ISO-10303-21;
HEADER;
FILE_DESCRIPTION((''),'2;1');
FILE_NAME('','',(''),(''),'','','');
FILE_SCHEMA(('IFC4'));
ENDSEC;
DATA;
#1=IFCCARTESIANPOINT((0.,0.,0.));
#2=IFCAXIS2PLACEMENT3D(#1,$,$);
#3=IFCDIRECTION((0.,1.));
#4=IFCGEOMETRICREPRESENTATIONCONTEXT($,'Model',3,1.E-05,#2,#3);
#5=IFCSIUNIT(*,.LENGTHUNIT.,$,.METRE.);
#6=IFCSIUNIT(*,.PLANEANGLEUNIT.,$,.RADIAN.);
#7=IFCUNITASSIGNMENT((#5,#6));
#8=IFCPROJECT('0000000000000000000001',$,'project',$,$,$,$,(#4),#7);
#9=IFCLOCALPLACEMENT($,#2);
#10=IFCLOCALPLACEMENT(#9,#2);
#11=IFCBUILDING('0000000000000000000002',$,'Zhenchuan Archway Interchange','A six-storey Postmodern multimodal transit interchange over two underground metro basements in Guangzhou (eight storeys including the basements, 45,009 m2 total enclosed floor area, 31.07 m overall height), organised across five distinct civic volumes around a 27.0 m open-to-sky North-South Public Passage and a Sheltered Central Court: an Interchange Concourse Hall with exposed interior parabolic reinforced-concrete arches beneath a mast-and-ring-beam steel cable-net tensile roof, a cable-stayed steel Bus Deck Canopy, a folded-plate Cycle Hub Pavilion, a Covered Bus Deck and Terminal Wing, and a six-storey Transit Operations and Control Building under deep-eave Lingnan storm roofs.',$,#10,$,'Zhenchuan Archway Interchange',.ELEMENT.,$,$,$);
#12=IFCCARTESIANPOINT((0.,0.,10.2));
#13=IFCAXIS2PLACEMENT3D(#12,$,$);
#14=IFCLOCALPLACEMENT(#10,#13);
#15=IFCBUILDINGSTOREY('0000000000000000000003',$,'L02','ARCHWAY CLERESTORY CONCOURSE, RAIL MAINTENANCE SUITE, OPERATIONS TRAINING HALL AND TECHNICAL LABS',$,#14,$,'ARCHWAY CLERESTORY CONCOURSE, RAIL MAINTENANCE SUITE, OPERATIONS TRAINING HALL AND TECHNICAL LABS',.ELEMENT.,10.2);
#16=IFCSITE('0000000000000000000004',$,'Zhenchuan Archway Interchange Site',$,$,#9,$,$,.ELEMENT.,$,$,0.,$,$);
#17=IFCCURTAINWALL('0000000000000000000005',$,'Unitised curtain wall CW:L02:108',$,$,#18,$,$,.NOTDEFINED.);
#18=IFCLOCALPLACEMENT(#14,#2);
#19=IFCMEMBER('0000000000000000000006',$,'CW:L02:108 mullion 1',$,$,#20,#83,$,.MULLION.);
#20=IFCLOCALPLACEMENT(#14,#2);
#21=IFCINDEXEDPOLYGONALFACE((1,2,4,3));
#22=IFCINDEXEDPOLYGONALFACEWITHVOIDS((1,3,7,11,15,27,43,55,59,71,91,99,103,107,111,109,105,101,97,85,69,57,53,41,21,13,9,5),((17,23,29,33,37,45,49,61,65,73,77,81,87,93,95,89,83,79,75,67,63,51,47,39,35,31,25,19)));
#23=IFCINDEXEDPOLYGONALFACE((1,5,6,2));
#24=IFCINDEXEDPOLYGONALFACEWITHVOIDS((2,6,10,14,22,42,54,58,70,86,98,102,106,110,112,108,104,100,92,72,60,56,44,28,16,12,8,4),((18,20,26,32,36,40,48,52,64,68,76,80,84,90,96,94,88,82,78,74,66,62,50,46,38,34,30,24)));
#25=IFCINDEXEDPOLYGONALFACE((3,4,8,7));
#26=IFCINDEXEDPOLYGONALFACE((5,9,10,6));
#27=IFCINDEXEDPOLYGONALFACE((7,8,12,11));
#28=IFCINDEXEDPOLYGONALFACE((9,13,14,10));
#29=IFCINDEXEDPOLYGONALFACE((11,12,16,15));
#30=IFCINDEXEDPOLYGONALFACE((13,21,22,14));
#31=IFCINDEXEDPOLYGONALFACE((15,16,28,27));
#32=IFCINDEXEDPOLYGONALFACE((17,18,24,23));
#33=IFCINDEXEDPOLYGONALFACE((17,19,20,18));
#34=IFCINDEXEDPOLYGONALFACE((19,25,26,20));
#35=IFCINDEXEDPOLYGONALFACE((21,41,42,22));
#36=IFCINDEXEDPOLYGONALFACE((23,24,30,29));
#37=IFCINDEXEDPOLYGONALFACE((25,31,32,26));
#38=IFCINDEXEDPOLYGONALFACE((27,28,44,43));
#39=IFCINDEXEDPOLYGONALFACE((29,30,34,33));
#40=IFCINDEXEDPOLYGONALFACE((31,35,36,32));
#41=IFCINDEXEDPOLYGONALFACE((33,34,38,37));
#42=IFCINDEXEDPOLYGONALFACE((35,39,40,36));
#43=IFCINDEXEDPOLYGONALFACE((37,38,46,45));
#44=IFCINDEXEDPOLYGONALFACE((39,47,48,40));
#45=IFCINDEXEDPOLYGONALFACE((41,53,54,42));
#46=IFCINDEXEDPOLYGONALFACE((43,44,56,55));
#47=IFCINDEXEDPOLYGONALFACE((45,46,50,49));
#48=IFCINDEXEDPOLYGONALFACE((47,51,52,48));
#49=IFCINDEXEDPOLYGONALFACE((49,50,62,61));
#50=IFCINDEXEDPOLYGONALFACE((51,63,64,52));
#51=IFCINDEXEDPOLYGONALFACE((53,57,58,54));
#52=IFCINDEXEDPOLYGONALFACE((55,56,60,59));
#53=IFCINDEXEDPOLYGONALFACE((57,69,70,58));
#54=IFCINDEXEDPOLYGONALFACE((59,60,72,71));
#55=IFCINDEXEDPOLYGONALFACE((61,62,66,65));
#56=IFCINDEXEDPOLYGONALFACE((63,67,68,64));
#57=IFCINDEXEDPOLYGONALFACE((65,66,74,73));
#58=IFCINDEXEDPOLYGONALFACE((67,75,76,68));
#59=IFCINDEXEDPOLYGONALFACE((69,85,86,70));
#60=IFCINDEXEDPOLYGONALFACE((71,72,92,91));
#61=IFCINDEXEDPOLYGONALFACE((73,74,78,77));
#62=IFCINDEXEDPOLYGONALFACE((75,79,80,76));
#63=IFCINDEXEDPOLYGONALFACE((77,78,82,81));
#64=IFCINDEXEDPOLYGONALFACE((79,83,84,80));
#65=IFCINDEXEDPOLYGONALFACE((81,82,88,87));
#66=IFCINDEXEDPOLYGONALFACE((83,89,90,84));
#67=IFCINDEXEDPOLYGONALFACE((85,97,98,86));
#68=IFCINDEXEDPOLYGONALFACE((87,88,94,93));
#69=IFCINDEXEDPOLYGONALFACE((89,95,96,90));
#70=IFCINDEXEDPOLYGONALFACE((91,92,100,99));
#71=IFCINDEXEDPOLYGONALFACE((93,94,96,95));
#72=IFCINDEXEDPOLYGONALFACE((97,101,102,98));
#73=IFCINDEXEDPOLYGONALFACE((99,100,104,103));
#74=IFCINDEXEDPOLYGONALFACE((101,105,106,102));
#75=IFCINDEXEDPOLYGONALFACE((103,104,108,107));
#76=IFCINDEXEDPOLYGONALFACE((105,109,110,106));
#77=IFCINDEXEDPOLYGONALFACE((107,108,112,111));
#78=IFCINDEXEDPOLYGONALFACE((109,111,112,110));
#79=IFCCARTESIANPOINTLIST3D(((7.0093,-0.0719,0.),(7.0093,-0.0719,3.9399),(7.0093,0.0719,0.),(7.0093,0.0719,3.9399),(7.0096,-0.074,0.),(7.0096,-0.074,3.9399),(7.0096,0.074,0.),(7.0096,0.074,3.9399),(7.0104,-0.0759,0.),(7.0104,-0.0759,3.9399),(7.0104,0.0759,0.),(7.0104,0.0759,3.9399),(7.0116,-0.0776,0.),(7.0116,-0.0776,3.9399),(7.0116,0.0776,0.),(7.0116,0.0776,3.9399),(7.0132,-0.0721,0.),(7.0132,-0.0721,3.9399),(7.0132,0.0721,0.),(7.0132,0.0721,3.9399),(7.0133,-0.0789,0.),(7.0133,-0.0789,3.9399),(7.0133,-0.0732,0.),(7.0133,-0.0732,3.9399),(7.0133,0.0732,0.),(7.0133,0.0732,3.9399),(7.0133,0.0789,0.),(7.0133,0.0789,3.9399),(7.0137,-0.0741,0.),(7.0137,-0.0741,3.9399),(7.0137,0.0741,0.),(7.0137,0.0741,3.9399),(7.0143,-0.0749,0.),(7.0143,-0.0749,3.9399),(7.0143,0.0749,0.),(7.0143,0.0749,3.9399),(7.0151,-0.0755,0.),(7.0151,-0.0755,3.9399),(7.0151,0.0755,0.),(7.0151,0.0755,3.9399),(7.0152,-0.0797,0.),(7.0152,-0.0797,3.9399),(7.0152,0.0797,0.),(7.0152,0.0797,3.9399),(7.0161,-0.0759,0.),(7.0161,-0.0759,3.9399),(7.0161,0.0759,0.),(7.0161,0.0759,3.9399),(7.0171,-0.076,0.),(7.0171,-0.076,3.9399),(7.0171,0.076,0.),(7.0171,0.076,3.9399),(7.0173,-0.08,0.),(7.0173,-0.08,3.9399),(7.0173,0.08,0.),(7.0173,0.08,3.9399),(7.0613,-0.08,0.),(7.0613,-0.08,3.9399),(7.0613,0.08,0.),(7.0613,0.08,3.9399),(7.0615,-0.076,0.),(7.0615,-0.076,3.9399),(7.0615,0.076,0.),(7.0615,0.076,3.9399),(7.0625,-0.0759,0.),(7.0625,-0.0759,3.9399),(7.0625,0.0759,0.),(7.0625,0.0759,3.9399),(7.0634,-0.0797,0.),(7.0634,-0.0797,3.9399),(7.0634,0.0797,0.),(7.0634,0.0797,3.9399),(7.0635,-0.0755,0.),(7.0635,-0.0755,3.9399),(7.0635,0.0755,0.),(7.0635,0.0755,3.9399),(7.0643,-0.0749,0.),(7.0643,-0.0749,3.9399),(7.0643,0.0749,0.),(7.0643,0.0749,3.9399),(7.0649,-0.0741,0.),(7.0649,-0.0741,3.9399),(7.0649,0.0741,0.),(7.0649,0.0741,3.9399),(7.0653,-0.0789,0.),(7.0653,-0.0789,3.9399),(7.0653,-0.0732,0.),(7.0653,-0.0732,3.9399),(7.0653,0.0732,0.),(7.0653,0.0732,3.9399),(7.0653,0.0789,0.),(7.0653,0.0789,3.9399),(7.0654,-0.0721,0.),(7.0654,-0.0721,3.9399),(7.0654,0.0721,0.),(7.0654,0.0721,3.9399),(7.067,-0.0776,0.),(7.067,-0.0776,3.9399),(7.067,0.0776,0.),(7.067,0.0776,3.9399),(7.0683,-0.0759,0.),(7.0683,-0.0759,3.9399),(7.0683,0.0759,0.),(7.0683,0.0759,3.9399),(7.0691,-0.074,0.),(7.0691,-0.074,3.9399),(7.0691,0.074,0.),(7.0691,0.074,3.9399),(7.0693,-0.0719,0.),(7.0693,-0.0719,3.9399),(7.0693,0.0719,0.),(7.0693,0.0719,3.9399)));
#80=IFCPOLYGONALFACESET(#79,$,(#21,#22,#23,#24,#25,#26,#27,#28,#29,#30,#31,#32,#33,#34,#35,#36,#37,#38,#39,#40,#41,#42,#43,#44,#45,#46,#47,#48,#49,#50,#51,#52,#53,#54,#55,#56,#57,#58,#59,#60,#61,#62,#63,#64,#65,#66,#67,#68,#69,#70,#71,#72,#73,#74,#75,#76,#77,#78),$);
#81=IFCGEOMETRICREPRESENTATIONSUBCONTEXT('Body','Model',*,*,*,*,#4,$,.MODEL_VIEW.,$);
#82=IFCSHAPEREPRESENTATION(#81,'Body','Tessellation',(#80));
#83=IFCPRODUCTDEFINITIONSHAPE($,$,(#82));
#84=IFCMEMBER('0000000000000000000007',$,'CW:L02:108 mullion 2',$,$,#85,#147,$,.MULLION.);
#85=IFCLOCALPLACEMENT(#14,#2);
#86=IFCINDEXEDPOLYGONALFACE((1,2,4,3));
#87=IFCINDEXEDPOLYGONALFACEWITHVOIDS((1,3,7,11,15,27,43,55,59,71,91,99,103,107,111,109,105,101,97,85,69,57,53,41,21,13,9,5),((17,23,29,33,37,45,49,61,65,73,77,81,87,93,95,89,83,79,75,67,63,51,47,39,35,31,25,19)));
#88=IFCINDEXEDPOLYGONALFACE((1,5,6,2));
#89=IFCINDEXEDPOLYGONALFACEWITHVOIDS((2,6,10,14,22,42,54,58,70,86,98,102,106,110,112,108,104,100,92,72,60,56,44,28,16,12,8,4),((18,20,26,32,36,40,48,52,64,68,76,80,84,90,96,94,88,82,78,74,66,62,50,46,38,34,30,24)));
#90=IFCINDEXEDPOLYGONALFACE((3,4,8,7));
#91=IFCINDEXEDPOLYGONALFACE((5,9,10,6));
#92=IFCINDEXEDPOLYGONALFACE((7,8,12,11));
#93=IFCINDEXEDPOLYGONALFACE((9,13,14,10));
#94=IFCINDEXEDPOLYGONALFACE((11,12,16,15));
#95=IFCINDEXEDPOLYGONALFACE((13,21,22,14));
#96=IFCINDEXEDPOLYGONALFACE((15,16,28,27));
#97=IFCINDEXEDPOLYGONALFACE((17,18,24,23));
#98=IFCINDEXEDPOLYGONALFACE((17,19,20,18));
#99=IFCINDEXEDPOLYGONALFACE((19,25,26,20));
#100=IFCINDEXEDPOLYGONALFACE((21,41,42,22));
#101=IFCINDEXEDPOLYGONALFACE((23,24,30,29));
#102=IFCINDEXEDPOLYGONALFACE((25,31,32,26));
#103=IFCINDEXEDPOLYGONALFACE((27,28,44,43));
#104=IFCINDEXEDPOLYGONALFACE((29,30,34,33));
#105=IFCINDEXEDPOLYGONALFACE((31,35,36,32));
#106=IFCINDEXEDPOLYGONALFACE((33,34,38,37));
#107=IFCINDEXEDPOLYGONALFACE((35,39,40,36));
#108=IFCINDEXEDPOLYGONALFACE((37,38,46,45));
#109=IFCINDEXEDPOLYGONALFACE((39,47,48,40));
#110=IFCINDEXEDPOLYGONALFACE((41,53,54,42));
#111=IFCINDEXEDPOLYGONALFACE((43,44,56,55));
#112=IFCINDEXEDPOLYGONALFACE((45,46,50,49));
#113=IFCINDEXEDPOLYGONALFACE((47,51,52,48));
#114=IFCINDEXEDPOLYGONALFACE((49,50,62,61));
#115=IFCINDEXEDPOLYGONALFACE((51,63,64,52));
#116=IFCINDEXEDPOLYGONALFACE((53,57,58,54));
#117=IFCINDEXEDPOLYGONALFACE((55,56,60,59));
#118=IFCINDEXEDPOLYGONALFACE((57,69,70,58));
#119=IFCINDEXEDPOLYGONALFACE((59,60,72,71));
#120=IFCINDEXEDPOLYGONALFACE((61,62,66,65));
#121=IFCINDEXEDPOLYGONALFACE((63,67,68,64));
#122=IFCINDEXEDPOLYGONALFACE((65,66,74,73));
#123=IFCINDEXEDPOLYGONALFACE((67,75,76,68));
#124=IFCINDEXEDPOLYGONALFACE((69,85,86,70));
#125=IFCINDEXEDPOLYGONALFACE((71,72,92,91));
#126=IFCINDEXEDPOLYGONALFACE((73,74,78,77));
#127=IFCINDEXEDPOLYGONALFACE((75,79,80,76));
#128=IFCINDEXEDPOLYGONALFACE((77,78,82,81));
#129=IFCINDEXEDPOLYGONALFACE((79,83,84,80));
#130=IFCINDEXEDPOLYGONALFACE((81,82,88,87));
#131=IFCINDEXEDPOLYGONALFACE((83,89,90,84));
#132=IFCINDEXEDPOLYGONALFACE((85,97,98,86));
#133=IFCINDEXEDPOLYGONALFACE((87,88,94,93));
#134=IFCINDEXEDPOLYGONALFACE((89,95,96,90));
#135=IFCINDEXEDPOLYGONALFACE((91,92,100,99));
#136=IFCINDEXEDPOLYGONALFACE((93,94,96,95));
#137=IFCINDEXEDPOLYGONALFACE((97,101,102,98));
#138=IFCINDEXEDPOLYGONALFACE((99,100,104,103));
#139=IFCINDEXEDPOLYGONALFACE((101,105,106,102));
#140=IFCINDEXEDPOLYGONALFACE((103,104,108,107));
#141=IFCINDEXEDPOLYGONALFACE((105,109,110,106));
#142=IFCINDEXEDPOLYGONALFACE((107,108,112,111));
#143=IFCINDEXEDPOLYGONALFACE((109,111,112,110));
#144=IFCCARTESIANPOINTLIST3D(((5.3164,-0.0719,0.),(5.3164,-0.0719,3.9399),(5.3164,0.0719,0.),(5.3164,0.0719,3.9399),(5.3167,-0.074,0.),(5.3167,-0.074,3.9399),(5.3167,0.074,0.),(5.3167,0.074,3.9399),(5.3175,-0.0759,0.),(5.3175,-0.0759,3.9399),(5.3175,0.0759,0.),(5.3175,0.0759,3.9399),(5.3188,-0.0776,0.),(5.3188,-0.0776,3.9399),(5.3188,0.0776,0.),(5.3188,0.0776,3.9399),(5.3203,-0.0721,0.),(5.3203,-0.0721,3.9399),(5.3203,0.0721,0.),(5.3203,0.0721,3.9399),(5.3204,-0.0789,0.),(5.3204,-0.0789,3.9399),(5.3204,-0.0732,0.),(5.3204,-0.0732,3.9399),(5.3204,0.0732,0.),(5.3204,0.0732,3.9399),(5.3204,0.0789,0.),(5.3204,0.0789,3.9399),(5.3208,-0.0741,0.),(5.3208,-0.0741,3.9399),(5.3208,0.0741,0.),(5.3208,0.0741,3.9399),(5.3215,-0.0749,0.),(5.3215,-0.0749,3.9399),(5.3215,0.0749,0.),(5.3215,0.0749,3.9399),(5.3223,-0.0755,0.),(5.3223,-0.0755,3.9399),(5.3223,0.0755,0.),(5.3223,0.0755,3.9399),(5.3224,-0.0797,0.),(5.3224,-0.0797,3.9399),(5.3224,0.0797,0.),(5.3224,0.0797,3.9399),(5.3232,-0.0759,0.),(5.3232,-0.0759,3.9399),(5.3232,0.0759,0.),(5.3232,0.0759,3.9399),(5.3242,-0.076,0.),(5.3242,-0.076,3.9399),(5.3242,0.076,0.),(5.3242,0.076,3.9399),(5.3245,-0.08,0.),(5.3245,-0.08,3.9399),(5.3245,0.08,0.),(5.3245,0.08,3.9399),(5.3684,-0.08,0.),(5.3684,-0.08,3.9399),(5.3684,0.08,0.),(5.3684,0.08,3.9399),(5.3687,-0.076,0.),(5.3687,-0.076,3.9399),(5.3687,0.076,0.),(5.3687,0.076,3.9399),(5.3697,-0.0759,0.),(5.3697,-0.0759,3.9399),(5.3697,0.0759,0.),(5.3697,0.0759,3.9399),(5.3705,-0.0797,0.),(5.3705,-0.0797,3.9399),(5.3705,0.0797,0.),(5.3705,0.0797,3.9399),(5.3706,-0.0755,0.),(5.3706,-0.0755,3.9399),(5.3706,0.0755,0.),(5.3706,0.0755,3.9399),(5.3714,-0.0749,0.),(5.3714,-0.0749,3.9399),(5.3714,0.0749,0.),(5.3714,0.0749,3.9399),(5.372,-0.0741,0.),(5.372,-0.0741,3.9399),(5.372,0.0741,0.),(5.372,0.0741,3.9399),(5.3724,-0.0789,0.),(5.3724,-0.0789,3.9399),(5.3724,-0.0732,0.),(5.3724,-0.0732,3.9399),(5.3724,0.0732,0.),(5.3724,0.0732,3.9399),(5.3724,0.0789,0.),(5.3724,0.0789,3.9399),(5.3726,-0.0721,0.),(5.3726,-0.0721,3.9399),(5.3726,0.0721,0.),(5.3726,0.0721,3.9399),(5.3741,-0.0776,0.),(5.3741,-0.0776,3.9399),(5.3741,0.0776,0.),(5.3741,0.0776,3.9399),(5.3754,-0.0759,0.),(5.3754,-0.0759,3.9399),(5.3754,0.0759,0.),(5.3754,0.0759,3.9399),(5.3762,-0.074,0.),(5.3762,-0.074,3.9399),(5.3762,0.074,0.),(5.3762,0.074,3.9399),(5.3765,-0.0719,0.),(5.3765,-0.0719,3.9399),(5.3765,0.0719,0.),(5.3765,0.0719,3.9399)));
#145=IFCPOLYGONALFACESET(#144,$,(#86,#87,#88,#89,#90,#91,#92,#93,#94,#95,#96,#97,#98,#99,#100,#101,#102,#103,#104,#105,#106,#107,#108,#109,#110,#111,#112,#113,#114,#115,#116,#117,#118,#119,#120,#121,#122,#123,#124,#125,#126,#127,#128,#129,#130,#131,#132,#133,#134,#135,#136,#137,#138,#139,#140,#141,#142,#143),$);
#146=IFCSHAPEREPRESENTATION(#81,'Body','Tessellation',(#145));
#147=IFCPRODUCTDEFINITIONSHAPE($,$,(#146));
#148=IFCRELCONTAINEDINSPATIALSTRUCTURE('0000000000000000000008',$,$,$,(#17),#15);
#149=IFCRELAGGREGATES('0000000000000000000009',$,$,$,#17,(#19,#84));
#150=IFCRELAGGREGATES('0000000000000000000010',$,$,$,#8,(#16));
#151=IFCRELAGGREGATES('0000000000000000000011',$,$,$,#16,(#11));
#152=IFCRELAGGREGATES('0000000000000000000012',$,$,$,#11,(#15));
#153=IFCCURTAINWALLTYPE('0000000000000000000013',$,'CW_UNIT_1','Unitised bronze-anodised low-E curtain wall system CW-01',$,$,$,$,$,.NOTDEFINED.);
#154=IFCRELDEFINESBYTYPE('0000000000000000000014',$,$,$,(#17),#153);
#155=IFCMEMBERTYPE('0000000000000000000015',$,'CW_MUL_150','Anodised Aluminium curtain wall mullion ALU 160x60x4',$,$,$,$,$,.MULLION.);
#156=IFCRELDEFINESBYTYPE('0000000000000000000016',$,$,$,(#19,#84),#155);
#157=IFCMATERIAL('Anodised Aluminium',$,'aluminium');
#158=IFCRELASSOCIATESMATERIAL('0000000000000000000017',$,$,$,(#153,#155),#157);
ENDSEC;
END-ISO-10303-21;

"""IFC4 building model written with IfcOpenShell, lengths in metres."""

from ifc_helpers import new_model, si_unit, direction, frame, origin, origin_2d, place, context, subcontext, project, spatial, hollow_rectangle, extrude, material, material_profile, profile_set, type_object, element, aggregate, save


model = new_model("IFC4")

# Units and contexts
model_context = context("Model", 3, precision=1e-05, world=origin(), true_north=direction((0.0, 1.0)))
body_context = subcontext(model_context, "Body", "Model", "MODEL_VIEW")
ifc_project = project(units=[si_unit("LENGTHUNIT", "METRE"), si_unit("PLANEANGLEUNIT", "RADIAN")], contexts=[model_context])

# Site, building, storey
site_placement = place(None, origin())
site = spatial("IfcSite", under=ifc_project, at=site_placement, Name="Zhenchuan Archway Interchange Site", CompositionType="ELEMENT", RefElevation=0.0)
building_placement = place(site_placement, origin())
building = spatial("IfcBuilding", under=site, at=building_placement, Name="Zhenchuan Archway Interchange", Description="A six-storey Postmodern multimodal transit interchange over two underground metro basements in Guangzhou (eight storeys including the basements, 45,009 m2 total enclosed floor area, 31.07 m overall height), organised across five distinct civic volumes around a 27.0 m open-to-sky North-South Public Passage and a Sheltered Central Court: an Interchange Concourse Hall with exposed interior parabolic reinforced-concrete arches beneath a mast-and-ring-beam steel cable-net tensile roof, a cable-stayed steel Bus Deck Canopy, a folded-plate Cycle Hub Pavilion, a Covered Bus Deck and Terminal Wing, and a six-storey Transit Operations and Control Building under deep-eave Lingnan storm roofs.", LongName="Zhenchuan Archway Interchange", CompositionType="ELEMENT")
storey_placement = place(building_placement, frame((0.0, 0.0, 10.2)))
storey = spatial("IfcBuildingStorey", under=building, at=storey_placement, Name="L02", Description="ARCHWAY CLERESTORY CONCOURSE, RAIL MAINTENANCE SUITE, OPERATIONS TRAINING HALL AND TECHNICAL LABS", LongName="ARCHWAY CLERESTORY CONCOURSE, RAIL MAINTENANCE SUITE, OPERATIONS TRAINING HALL AND TECHNICAL LABS", CompositionType="ELEMENT", Elevation=10.2)

# Curtain wall, members
ifc_material_1 = material(Name="Anodised Aluminium", Category="aluminium")
curtain_wall_type = type_object("IfcCurtainWallType", Name="CW_UNIT_1", Description="Unitised bronze-anodised low-E curtain wall system CW-01", PredefinedType="NOTDEFINED", material=ifc_material_1)
curtain_wall_placement = place(storey_placement, origin())
curtain_wall = element("IfcCurtainWall", 1, at=curtain_wall_placement, inside=storey, type_object=curtain_wall_type, Name="Unitised curtain wall CW:L02:108", PredefinedType="NOTDEFINED")
ifc_material_profile_1 = material_profile(ifc_material_1, hollow_rectangle(XDim=0.0601, YDim=0.1599, WallThickness=0.0039, InnerFilletRadius=0.0039, OuterFilletRadius=0.0081, at=origin_2d()), Name="ALU 160x60x4")
ifc_profile_set_1 = profile_set([ifc_material_profile_1], Name="Anodised Aluminium")
member_type_1 = type_object("IfcMemberType", Name="CW_MUL_150", Description="Anodised Aluminium curtain wall mullion ALU 160x60x4", PredefinedType="MULLION", material=ifc_profile_set_1)
member_1_placement = place(storey_placement, frame((7.0393, 0.0, 0.0), z_axis=(0.0, 0.0, 1.0), x_axis=(1.0, 0.0, 0.0)))
member_1 = element("IfcMember", 2, at=member_1_placement, type_object=member_type_1, Name="CW:L02:108 mullion 1", PredefinedType="MULLION", context=body_context, shape_type="SweptSolid", body=[
    extrude(hollow_rectangle(XDim=0.0601, YDim=0.1599, WallThickness=0.0039, InnerFilletRadius=0.0039, OuterFilletRadius=0.0081, at=origin_2d()), origin(), (0.0, 0.0, 1.0), 3.9399),
])
member_2_placement = place(storey_placement, frame((5.3464, 0.0, 0.0), z_axis=(0.0, 0.0, 1.0), x_axis=(1.0, 0.0, 0.0)))
member_2 = element("IfcMember", 3, at=member_2_placement, type_object=member_type_1, Name="CW:L02:108 mullion 2", PredefinedType="MULLION", context=body_context, shape_type="SweptSolid", body=[
    extrude(hollow_rectangle(XDim=0.0601, YDim=0.1599, WallThickness=0.0039, InnerFilletRadius=0.0039, OuterFilletRadius=0.0081, at=origin_2d()), origin(), (0.0, 0.0, 1.0), 3.9399),
])

aggregate(curtain_wall, [member_1, member_2])

save(model, "model.ifc")
